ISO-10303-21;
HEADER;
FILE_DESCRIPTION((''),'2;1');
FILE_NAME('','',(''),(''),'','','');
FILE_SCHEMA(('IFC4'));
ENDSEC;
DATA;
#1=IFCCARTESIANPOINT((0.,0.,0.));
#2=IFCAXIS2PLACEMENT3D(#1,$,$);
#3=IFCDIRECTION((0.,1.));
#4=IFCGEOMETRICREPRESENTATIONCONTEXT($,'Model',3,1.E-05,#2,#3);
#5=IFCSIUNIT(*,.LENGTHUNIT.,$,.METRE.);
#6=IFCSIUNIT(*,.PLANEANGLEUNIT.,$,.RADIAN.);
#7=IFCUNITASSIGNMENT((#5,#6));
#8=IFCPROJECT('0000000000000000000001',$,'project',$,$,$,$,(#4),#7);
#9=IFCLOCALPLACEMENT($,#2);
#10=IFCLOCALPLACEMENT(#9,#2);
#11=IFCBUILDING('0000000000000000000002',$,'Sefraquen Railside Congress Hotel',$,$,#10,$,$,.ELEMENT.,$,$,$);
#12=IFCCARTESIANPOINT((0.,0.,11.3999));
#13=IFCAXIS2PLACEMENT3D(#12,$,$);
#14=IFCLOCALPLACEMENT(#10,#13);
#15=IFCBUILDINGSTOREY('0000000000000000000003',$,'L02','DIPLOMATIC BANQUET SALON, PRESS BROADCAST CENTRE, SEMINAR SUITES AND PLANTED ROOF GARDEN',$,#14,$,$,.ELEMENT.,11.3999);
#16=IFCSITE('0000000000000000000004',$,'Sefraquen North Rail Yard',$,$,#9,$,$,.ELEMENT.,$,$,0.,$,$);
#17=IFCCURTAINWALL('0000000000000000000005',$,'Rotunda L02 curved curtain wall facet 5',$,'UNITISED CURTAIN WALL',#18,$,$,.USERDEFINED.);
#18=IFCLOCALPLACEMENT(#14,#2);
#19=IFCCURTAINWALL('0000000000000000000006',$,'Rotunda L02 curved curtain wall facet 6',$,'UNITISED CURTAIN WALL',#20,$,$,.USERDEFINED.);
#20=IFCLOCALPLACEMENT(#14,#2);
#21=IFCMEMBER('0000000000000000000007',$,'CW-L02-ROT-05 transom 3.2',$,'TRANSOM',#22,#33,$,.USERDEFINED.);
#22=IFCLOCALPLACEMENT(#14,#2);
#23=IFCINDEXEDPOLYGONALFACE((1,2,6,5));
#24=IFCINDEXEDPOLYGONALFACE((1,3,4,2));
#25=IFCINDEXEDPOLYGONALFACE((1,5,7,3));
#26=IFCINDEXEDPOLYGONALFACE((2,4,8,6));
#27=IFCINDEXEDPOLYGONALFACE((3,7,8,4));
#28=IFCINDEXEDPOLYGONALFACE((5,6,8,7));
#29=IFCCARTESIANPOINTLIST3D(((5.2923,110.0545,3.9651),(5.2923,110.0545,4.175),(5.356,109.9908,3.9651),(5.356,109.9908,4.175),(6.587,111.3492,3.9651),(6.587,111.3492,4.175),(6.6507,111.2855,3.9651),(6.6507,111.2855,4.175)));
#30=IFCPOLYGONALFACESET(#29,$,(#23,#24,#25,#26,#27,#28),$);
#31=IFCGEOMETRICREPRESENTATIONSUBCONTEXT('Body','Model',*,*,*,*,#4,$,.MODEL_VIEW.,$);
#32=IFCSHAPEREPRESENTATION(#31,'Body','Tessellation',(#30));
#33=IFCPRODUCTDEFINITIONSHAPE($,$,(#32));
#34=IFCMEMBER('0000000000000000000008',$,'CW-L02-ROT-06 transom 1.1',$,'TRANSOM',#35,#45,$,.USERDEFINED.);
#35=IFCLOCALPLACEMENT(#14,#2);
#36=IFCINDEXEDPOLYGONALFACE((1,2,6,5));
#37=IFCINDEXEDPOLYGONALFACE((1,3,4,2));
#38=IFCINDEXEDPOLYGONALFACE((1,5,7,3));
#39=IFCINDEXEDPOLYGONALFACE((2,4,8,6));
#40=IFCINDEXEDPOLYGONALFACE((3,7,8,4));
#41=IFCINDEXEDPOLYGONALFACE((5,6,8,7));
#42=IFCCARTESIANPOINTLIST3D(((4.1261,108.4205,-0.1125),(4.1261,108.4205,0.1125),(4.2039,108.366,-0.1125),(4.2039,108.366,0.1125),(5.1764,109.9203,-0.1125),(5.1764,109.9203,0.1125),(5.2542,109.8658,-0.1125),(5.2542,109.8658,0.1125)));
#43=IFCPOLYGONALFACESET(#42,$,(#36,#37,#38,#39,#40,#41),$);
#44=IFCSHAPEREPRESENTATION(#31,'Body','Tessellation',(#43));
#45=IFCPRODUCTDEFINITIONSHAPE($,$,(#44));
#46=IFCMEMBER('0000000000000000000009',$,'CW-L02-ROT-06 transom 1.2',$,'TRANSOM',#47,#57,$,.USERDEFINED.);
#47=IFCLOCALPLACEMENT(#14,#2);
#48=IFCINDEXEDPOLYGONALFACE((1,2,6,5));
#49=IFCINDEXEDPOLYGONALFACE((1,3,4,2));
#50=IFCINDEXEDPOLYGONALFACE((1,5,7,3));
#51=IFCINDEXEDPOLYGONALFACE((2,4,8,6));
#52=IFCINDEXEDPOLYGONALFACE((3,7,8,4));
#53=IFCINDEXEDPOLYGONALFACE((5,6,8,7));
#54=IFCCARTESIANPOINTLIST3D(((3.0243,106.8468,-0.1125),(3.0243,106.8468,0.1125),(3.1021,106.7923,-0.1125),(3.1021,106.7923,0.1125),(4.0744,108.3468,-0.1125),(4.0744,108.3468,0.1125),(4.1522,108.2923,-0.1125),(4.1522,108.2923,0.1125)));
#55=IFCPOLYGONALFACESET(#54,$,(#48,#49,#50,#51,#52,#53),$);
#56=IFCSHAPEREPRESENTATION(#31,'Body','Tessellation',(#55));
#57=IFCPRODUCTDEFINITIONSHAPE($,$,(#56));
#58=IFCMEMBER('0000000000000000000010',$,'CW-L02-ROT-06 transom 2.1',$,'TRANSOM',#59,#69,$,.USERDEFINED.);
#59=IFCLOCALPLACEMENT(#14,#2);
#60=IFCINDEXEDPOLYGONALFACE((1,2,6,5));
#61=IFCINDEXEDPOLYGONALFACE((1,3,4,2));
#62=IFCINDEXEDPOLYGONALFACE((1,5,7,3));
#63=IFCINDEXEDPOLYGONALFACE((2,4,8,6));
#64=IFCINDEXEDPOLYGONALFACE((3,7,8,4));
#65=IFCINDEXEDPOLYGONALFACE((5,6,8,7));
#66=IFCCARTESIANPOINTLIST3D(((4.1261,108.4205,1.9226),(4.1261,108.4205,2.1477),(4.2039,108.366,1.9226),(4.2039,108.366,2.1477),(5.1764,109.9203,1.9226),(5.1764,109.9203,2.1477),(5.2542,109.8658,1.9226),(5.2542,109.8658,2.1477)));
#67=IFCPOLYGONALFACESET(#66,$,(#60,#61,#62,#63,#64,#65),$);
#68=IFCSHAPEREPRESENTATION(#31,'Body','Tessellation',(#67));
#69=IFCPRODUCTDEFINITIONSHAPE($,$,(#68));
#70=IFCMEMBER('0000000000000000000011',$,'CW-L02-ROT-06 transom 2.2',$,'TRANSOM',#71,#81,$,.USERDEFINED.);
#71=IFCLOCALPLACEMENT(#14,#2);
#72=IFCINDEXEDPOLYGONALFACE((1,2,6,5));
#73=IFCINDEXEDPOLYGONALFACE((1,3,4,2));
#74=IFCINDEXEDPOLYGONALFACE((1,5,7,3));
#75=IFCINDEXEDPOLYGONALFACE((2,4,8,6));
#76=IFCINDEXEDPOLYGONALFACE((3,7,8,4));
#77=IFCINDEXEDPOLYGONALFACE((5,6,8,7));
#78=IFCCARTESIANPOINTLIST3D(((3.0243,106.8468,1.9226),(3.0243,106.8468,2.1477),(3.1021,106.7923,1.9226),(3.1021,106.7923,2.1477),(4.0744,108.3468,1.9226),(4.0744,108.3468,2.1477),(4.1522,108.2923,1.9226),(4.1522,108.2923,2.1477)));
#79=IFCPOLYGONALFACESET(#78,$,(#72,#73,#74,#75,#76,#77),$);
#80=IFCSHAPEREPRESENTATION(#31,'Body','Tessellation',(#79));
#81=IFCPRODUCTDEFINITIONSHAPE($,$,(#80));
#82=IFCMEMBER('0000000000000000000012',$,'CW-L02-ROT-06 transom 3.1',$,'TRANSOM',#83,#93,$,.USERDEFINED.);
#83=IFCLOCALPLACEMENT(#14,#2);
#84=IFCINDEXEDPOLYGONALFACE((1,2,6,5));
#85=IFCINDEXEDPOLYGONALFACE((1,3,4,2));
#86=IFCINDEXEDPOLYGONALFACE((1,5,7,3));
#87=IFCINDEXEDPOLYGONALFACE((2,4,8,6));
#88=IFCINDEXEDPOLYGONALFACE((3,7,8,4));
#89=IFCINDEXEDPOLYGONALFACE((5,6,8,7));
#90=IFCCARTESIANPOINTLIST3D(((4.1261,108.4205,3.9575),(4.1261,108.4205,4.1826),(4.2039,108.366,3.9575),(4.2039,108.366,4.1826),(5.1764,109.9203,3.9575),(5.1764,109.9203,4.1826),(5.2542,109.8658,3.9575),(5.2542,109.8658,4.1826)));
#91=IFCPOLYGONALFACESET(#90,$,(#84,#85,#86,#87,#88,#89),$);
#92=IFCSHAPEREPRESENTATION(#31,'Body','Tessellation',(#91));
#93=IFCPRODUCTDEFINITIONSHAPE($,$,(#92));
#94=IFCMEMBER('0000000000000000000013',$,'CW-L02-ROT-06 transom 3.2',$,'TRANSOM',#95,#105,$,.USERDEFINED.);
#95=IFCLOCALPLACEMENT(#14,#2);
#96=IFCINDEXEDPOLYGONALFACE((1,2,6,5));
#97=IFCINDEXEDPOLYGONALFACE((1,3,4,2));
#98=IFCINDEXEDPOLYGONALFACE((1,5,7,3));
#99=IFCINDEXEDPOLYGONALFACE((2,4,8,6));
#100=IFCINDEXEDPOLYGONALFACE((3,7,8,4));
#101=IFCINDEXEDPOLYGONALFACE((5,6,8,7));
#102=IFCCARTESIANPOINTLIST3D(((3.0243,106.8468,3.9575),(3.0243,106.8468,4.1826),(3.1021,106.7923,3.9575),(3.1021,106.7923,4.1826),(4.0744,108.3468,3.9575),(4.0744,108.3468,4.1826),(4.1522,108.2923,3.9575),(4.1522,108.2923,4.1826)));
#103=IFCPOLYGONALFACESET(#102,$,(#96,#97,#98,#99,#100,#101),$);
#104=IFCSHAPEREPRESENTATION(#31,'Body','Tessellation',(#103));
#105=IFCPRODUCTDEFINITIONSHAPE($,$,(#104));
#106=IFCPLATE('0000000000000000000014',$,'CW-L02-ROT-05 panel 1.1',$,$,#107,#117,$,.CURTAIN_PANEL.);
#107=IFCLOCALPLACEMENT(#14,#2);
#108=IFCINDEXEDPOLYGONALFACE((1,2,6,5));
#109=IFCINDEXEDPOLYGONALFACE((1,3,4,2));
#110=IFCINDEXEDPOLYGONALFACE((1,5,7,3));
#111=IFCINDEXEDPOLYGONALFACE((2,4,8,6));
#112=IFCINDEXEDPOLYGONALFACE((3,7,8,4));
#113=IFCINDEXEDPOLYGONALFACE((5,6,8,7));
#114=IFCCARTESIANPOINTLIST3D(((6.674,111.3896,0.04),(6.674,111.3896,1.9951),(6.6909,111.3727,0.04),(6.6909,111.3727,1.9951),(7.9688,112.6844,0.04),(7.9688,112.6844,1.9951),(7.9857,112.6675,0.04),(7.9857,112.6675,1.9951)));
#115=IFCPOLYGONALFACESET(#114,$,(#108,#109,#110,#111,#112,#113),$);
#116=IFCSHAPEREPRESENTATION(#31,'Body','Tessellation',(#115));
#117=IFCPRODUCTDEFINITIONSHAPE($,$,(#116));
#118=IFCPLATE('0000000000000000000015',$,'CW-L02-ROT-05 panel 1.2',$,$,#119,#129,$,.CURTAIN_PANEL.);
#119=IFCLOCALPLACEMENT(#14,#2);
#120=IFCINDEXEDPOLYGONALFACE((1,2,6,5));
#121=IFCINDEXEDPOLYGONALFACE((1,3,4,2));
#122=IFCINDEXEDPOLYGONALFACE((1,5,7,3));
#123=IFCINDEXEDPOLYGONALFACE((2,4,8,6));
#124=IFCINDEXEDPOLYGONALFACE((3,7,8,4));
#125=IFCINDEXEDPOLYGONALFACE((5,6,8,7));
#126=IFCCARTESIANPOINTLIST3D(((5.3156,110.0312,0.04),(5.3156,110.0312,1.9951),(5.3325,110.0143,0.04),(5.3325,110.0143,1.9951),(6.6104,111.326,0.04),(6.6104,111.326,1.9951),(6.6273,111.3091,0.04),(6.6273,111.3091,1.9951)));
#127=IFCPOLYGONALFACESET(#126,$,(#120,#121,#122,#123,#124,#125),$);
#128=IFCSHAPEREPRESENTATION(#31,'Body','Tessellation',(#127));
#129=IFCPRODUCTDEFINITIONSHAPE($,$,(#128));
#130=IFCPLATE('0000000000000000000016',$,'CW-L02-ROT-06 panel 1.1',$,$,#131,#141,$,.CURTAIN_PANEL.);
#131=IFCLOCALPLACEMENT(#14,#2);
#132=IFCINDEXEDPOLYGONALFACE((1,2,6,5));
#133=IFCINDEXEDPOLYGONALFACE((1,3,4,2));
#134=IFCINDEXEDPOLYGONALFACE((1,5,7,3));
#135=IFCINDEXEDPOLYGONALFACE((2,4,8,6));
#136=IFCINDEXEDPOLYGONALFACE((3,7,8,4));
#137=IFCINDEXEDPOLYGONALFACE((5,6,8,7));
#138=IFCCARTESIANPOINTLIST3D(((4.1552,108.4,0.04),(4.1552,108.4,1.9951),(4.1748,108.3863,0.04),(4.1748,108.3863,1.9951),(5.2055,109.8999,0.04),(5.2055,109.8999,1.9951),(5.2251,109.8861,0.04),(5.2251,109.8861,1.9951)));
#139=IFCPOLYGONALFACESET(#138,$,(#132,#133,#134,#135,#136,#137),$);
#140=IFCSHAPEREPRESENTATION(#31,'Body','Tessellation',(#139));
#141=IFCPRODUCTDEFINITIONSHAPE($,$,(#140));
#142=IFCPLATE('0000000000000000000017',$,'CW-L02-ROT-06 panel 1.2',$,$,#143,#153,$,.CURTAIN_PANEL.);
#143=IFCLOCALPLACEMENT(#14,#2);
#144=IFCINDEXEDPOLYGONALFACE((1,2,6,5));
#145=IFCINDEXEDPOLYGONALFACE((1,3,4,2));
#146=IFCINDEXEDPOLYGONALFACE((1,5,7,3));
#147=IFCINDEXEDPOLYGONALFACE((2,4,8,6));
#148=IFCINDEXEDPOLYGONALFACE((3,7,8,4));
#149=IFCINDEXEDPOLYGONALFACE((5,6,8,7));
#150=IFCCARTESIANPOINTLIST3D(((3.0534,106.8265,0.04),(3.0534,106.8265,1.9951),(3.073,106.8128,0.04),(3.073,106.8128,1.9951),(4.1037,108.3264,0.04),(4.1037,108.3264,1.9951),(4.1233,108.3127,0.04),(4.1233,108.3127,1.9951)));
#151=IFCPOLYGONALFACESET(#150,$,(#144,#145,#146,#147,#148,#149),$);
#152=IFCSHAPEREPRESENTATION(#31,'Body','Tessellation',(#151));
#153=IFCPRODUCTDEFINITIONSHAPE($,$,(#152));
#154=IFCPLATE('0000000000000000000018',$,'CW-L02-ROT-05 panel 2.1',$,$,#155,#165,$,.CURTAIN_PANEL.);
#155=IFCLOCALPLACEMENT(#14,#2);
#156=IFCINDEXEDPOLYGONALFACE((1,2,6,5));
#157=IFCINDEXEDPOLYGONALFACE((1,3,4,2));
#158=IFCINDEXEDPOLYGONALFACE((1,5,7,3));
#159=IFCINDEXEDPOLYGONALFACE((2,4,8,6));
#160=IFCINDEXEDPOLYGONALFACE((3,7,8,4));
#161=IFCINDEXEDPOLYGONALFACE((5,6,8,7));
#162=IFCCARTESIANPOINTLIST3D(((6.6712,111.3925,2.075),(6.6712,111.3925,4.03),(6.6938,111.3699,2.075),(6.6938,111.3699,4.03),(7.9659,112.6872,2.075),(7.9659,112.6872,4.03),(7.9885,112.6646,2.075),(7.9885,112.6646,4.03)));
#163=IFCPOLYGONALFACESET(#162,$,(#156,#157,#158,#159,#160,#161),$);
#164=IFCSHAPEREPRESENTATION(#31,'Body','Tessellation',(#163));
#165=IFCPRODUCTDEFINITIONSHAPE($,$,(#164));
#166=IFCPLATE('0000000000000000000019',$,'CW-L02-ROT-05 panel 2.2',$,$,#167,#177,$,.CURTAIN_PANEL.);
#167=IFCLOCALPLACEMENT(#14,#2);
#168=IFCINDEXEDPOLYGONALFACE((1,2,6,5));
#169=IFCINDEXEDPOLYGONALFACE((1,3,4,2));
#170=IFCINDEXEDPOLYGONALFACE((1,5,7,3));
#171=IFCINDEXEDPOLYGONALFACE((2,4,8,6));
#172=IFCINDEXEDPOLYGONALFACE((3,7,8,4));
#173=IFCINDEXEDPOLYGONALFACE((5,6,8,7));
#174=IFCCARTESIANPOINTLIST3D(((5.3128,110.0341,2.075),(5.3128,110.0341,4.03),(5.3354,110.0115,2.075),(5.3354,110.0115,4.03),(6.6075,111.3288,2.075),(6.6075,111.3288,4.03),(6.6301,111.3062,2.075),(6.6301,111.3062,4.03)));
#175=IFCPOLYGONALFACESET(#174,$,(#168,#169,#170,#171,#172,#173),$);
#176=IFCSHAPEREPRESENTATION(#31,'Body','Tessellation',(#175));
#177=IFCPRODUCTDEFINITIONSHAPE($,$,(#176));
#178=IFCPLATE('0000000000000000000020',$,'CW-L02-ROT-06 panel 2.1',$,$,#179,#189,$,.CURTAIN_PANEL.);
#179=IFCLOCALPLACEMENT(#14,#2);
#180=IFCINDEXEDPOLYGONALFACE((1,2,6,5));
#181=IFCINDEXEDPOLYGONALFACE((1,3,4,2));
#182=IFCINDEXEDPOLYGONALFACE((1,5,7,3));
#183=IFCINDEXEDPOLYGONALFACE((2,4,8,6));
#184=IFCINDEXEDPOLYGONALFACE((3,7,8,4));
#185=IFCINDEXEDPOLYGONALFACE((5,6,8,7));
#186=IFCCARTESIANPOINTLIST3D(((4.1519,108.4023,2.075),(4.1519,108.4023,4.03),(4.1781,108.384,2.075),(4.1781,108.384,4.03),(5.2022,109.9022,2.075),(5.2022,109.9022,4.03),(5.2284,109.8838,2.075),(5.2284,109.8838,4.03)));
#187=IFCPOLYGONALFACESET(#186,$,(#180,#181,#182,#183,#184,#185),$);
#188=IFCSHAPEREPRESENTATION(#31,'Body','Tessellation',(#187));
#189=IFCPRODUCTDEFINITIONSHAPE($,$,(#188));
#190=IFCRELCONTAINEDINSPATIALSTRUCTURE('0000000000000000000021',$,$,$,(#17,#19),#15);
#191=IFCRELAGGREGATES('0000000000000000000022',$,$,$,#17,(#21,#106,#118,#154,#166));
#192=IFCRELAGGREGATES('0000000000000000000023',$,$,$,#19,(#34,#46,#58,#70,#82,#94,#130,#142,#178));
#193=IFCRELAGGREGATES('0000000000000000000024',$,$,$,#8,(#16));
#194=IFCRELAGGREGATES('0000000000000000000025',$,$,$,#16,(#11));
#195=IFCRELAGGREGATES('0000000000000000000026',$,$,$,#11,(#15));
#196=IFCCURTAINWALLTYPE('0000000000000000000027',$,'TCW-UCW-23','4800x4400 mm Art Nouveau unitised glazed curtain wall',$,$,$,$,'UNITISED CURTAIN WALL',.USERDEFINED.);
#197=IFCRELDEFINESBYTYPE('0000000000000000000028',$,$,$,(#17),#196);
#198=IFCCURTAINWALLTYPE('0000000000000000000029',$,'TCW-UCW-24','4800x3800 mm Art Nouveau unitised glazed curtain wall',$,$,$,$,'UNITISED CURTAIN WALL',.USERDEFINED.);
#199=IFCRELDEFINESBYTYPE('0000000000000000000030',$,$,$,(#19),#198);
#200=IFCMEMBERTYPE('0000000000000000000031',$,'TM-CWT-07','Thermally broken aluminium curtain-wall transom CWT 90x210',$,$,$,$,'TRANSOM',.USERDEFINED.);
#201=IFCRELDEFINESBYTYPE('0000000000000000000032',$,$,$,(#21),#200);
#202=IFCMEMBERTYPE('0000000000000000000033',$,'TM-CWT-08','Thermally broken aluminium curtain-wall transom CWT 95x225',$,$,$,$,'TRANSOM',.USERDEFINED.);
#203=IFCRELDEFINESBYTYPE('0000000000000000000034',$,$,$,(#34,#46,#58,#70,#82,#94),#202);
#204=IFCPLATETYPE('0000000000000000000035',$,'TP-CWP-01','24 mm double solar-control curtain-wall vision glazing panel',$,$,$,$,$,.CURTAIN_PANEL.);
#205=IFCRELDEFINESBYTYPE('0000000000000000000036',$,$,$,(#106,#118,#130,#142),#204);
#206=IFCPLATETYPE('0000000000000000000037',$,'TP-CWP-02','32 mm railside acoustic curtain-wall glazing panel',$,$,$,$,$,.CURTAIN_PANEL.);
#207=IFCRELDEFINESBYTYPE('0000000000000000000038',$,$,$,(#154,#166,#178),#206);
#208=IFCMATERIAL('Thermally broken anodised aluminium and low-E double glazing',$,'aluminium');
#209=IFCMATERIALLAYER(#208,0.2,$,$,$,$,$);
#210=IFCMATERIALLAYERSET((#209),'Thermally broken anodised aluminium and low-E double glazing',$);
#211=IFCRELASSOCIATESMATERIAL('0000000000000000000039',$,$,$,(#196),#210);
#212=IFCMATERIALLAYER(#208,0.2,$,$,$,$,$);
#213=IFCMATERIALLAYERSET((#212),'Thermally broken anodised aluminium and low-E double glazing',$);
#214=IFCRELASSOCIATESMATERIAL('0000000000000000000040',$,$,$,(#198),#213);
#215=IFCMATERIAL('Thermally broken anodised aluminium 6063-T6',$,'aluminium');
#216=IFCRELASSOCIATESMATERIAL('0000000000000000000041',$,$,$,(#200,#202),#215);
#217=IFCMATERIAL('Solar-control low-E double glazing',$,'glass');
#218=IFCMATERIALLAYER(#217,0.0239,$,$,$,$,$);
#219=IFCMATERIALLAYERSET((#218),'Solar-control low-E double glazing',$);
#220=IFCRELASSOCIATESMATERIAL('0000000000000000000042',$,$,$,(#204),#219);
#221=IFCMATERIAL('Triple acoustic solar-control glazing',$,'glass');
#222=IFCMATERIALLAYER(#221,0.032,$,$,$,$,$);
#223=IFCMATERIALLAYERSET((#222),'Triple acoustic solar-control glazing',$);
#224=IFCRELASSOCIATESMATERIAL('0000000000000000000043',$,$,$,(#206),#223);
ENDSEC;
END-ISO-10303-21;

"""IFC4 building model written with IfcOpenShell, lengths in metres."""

from ifc_helpers import new_model, si_unit, direction, frame, origin, origin_2d, place, context, subcontext, project, spatial, rectangle, extrude, material, layer, layer_set, material_profile, profile_set, type_object, element, aggregate, save


model = new_model("IFC4")

# Units and contexts
model_context = context("Model", 3, precision=1e-05, world=origin(), true_north=direction((0.0, 1.0)))
body_context = subcontext(model_context, "Body", "Model", "MODEL_VIEW")
ifc_project = project(units=[si_unit("LENGTHUNIT", "METRE"), si_unit("PLANEANGLEUNIT", "RADIAN")], contexts=[model_context])

# Site, building, storey
site_placement = place(None, origin())
site = spatial("IfcSite", under=ifc_project, at=site_placement, Name="Sefraquen North Rail Yard", CompositionType="ELEMENT", RefElevation=0.0)
building_placement = place(site_placement, origin())
building = spatial("IfcBuilding", under=site, at=building_placement, Name="Sefraquen Railside Congress Hotel", CompositionType="ELEMENT")
storey_placement = place(building_placement, frame((0.0, 0.0, 11.3999)))
storey = spatial("IfcBuildingStorey", under=building, at=storey_placement, Name="L02", Description="DIPLOMATIC BANQUET SALON, PRESS BROADCAST CENTRE, SEMINAR SUITES AND PLANTED ROOF GARDEN", CompositionType="ELEMENT", Elevation=11.3999)

# Curtain walls
ifc_material_1 = material(Name="Thermally broken anodised aluminium and low-E double glazing", Category="aluminium")
ifc_layer_1 = layer(ifc_material_1, 0.2)
ifc_layer_set_1 = layer_set([ifc_layer_1], Name="Thermally broken anodised aluminium and low-E double glazing")
curtain_wall_type_1 = type_object("IfcCurtainWallType", Name="TCW-UCW-23", Description="4800x4400 mm Art Nouveau unitised glazed curtain wall", ElementType="UNITISED CURTAIN WALL", PredefinedType="USERDEFINED", material=ifc_layer_set_1)
curtain_wall_1_placement = place(storey_placement, origin())
curtain_wall_1 = element("IfcCurtainWall", 1, at=curtain_wall_1_placement, inside=storey, type_object=curtain_wall_type_1, Name="Rotunda L02 curved curtain wall facet 5", ObjectType="UNITISED CURTAIN WALL", PredefinedType="USERDEFINED")
ifc_material_2 = material(Name="Thermally broken anodised aluminium 6063-T6", Category="aluminium")
ifc_layer_2 = layer(ifc_material_1, 0.2)
ifc_layer_set_2 = layer_set([ifc_layer_2], Name="Thermally broken anodised aluminium and low-E double glazing")
curtain_wall_type_2 = type_object("IfcCurtainWallType", Name="TCW-UCW-24", Description="4800x3800 mm Art Nouveau unitised glazed curtain wall", ElementType="UNITISED CURTAIN WALL", PredefinedType="USERDEFINED", material=ifc_layer_set_2)
curtain_wall_2_placement = place(storey_placement, origin())
curtain_wall_2 = element("IfcCurtainWall", 2, at=curtain_wall_2_placement, inside=storey, type_object=curtain_wall_type_2, Name="Rotunda L02 curved curtain wall facet 6", ObjectType="UNITISED CURTAIN WALL", PredefinedType="USERDEFINED")

# Members
ifc_material_profile_1 = material_profile(ifc_material_2, rectangle(XDim=0.0901, YDim=0.21, at=origin_2d()), Name="CWT 90x210")
ifc_profile_set_1 = profile_set([ifc_material_profile_1], Name="Thermally broken anodised aluminium 6063-T6")
member_type_1 = type_object("IfcMemberType", Name="TM-CWT-07", Description="Thermally broken aluminium curtain-wall transom CWT 90x210", ElementType="TRANSOM", PredefinedType="USERDEFINED", material=ifc_profile_set_1)
member_1_placement = place(storey_placement, frame((6.6189, 111.3174, 4.0701), z_axis=(-0.707107, -0.707107, 0.0), x_axis=(0.707107, -0.707107, 0.0)))
member_1 = element("IfcMember", 3, at=member_1_placement, type_object=member_type_1, Name="CW-L02-ROT-05 transom 3.2", ObjectType="TRANSOM", PredefinedType="USERDEFINED", context=body_context, shape_type="SweptSolid", body=[
    extrude(rectangle(XDim=0.0901, YDim=0.21, at=origin_2d()), origin(), (0.0, 0.0, 1.0), 1.8311),
])
ifc_material_profile_2 = material_profile(ifc_material_2, rectangle(XDim=0.095, YDim=0.2251, at=origin_2d()), Name="CWT 95x225")
ifc_profile_set_2 = profile_set([ifc_material_profile_2], Name="Thermally broken anodised aluminium 6063-T6")
member_type_2 = type_object("IfcMemberType", Name="TM-CWT-08", Description="Thermally broken aluminium curtain-wall transom CWT 95x225", ElementType="TRANSOM", PredefinedType="USERDEFINED", material=ifc_profile_set_2)
member_2_placement = place(storey_placement, frame((5.2153, 109.8931, 0.0), z_axis=(-0.573632, -0.819113, 0.0), x_axis=(0.819113, -0.573632, 0.0)))
member_2 = element("IfcMember", 4, at=member_2_placement, type_object=member_type_2, Name="CW-L02-ROT-06 transom 1.1", ObjectType="TRANSOM", PredefinedType="USERDEFINED", context=body_context, shape_type="SweptSolid", body=[
    extrude(rectangle(XDim=0.095, YDim=0.2251, at=origin_2d()), origin(), (0.0, 0.0, 1.0), 1.8311),
])
member_3_placement = place(storey_placement, frame((4.1133, 108.3196, 0.0), z_axis=(-0.57348, -0.819219, 0.0), x_axis=(0.819219, -0.57348, 0.0)))
member_3 = element("IfcMember", 5, at=member_3_placement, type_object=member_type_2, Name="CW-L02-ROT-06 transom 1.2", ObjectType="TRANSOM", PredefinedType="USERDEFINED", context=body_context, shape_type="SweptSolid", body=[
    extrude(rectangle(XDim=0.095, YDim=0.2251, at=origin_2d()), origin(), (0.0, 0.0, 1.0), 1.8311),
])
member_4_placement = place(storey_placement, frame((5.2153, 109.8931, 2.0352), z_axis=(-0.573632, -0.819113, 0.0), x_axis=(0.819113, -0.573632, 0.0)))
member_4 = element("IfcMember", 6, at=member_4_placement, type_object=member_type_2, Name="CW-L02-ROT-06 transom 2.1", ObjectType="TRANSOM", PredefinedType="USERDEFINED", context=body_context, shape_type="SweptSolid", body=[
    extrude(rectangle(XDim=0.095, YDim=0.2251, at=origin_2d()), origin(), (0.0, 0.0, 1.0), 1.8311),
])
member_5_placement = place(storey_placement, frame((4.1133, 108.3196, 2.0352), z_axis=(-0.57348, -0.819219, 0.0), x_axis=(0.819219, -0.57348, 0.0)))
member_5 = element("IfcMember", 7, at=member_5_placement, type_object=member_type_2, Name="CW-L02-ROT-06 transom 2.2", ObjectType="TRANSOM", PredefinedType="USERDEFINED", context=body_context, shape_type="SweptSolid", body=[
    extrude(rectangle(XDim=0.095, YDim=0.2251, at=origin_2d()), origin(), (0.0, 0.0, 1.0), 1.8311),
])
member_6_placement = place(storey_placement, frame((5.2153, 109.8931, 4.0701), z_axis=(-0.573632, -0.819113, 0.0), x_axis=(0.819113, -0.573632, 0.0)))
member_6 = element("IfcMember", 8, at=member_6_placement, type_object=member_type_2, Name="CW-L02-ROT-06 transom 3.1", ObjectType="TRANSOM", PredefinedType="USERDEFINED", context=body_context, shape_type="SweptSolid", body=[
    extrude(rectangle(XDim=0.095, YDim=0.2251, at=origin_2d()), origin(), (0.0, 0.0, 1.0), 1.8311),
])
member_7_placement = place(storey_placement, frame((4.1133, 108.3196, 4.0701), z_axis=(-0.57348, -0.819219, 0.0), x_axis=(0.819219, -0.57348, 0.0)))
member_7 = element("IfcMember", 9, at=member_7_placement, type_object=member_type_2, Name="CW-L02-ROT-06 transom 3.2", ObjectType="TRANSOM", PredefinedType="USERDEFINED", context=body_context, shape_type="SweptSolid", body=[
    extrude(rectangle(XDim=0.095, YDim=0.2251, at=origin_2d()), origin(), (0.0, 0.0, 1.0), 1.8311),
])

# Plates
ifc_material_3 = material(Name="Solar-control low-E double glazing", Category="glass")
ifc_layer_3 = layer(ifc_material_3, 0.0239)
ifc_layer_set_3 = layer_set([ifc_layer_3], Name="Solar-control low-E double glazing")
plate_type_1 = type_object("IfcPlateType", Name="TP-CWP-01", Description="24 mm double solar-control curtain-wall vision glazing panel", PredefinedType="CURTAIN_PANEL", material=ifc_layer_set_3)
plate_1_placement = place(storey_placement, frame((7.3298, 112.0286, 0.04), z_axis=(0.0, 0.0, 1.0), x_axis=(-0.707107, -0.707107, 0.0)))
plate_1 = element("IfcPlate", 10, at=plate_1_placement, type_object=plate_type_1, Name="CW-L02-ROT-05 panel 1.1", PredefinedType="CURTAIN_PANEL", context=body_context, shape_type="SweptSolid", body=[
    extrude(rectangle(XDim=1.8311, YDim=0.0239, at=origin_2d()), origin(), (0.0, 0.0, 1.0), 1.9551),
])
plate_2_placement = place(storey_placement, frame((5.9714, 110.6702, 0.04), z_axis=(0.0, 0.0, 1.0), x_axis=(-0.707107, -0.707107, 0.0)))
plate_2 = element("IfcPlate", 11, at=plate_2_placement, type_object=plate_type_1, Name="CW-L02-ROT-05 panel 1.2", PredefinedType="CURTAIN_PANEL", context=body_context, shape_type="SweptSolid", body=[
    extrude(rectangle(XDim=1.8311, YDim=0.0239, at=origin_2d()), origin(), (0.0, 0.0, 1.0), 1.9551),
])
plate_3_placement = place(storey_placement, frame((4.6902, 109.1431, 0.04), z_axis=(0.0, 0.0, 1.0), x_axis=(-0.573605, -0.819132, 0.0)))
plate_3 = element("IfcPlate", 12, at=plate_3_placement, type_object=plate_type_1, Name="CW-L02-ROT-06 panel 1.1", PredefinedType="CURTAIN_PANEL", context=body_context, shape_type="SweptSolid", body=[
    extrude(rectangle(XDim=1.8311, YDim=0.0239, at=origin_2d()), origin(), (0.0, 0.0, 1.0), 1.9551),
])
plate_4_placement = place(storey_placement, frame((3.5884, 107.5696, 0.04), z_axis=(0.0, 0.0, 1.0), x_axis=(-0.573605, -0.819132, 0.0)))
plate_4 = element("IfcPlate", 13, at=plate_4_placement, type_object=plate_type_1, Name="CW-L02-ROT-06 panel 1.2", PredefinedType="CURTAIN_PANEL", context=body_context, shape_type="SweptSolid", body=[
    extrude(rectangle(XDim=1.8311, YDim=0.0239, at=origin_2d()), origin(), (0.0, 0.0, 1.0), 1.9551),
])
ifc_material_4 = material(Name="Triple acoustic solar-control glazing", Category="glass")
ifc_layer_4 = layer(ifc_material_4, 0.032)
ifc_layer_set_4 = layer_set([ifc_layer_4], Name="Triple acoustic solar-control glazing")
plate_type_2 = type_object("IfcPlateType", Name="TP-CWP-02", Description="32 mm railside acoustic curtain-wall glazing panel", PredefinedType="CURTAIN_PANEL", material=ifc_layer_set_4)
plate_5_placement = place(storey_placement, frame((7.3298, 112.0286, 2.075), z_axis=(0.0, 0.0, 1.0), x_axis=(-0.707107, -0.707107, 0.0)))
plate_5 = element("IfcPlate", 14, at=plate_5_placement, type_object=plate_type_2, Name="CW-L02-ROT-05 panel 2.1", PredefinedType="CURTAIN_PANEL", context=body_context, shape_type="SweptSolid", body=[
    extrude(rectangle(XDim=1.8311, YDim=0.032, at=origin_2d()), origin(), (0.0, 0.0, 1.0), 1.9551),
])
plate_6_placement = place(storey_placement, frame((5.9714, 110.6702, 2.075), z_axis=(0.0, 0.0, 1.0), x_axis=(-0.707107, -0.707107, 0.0)))
plate_6 = element("IfcPlate", 15, at=plate_6_placement, type_object=plate_type_2, Name="CW-L02-ROT-05 panel 2.2", PredefinedType="CURTAIN_PANEL", context=body_context, shape_type="SweptSolid", body=[
    extrude(rectangle(XDim=1.8311, YDim=0.032, at=origin_2d()), origin(), (0.0, 0.0, 1.0), 1.9551),
])
aggregate(curtain_wall_1, [member_1, plate_1, plate_2, plate_5, plate_6])
plate_7_placement = place(storey_placement, frame((4.6902, 109.1431, 2.075), z_axis=(0.0, 0.0, 1.0), x_axis=(-0.573605, -0.819132, 0.0)))
plate_7 = element("IfcPlate", 16, at=plate_7_placement, type_object=plate_type_2, Name="CW-L02-ROT-06 panel 2.1", PredefinedType="CURTAIN_PANEL", context=body_context, shape_type="SweptSolid", body=[
    extrude(rectangle(XDim=1.8311, YDim=0.032, at=origin_2d()), origin(), (0.0, 0.0, 1.0), 1.9551),
])
aggregate(curtain_wall_2, [member_2, member_3, member_4, member_5, member_6, member_7, plate_3, plate_4, plate_7])

save(model, "model.ifc")
